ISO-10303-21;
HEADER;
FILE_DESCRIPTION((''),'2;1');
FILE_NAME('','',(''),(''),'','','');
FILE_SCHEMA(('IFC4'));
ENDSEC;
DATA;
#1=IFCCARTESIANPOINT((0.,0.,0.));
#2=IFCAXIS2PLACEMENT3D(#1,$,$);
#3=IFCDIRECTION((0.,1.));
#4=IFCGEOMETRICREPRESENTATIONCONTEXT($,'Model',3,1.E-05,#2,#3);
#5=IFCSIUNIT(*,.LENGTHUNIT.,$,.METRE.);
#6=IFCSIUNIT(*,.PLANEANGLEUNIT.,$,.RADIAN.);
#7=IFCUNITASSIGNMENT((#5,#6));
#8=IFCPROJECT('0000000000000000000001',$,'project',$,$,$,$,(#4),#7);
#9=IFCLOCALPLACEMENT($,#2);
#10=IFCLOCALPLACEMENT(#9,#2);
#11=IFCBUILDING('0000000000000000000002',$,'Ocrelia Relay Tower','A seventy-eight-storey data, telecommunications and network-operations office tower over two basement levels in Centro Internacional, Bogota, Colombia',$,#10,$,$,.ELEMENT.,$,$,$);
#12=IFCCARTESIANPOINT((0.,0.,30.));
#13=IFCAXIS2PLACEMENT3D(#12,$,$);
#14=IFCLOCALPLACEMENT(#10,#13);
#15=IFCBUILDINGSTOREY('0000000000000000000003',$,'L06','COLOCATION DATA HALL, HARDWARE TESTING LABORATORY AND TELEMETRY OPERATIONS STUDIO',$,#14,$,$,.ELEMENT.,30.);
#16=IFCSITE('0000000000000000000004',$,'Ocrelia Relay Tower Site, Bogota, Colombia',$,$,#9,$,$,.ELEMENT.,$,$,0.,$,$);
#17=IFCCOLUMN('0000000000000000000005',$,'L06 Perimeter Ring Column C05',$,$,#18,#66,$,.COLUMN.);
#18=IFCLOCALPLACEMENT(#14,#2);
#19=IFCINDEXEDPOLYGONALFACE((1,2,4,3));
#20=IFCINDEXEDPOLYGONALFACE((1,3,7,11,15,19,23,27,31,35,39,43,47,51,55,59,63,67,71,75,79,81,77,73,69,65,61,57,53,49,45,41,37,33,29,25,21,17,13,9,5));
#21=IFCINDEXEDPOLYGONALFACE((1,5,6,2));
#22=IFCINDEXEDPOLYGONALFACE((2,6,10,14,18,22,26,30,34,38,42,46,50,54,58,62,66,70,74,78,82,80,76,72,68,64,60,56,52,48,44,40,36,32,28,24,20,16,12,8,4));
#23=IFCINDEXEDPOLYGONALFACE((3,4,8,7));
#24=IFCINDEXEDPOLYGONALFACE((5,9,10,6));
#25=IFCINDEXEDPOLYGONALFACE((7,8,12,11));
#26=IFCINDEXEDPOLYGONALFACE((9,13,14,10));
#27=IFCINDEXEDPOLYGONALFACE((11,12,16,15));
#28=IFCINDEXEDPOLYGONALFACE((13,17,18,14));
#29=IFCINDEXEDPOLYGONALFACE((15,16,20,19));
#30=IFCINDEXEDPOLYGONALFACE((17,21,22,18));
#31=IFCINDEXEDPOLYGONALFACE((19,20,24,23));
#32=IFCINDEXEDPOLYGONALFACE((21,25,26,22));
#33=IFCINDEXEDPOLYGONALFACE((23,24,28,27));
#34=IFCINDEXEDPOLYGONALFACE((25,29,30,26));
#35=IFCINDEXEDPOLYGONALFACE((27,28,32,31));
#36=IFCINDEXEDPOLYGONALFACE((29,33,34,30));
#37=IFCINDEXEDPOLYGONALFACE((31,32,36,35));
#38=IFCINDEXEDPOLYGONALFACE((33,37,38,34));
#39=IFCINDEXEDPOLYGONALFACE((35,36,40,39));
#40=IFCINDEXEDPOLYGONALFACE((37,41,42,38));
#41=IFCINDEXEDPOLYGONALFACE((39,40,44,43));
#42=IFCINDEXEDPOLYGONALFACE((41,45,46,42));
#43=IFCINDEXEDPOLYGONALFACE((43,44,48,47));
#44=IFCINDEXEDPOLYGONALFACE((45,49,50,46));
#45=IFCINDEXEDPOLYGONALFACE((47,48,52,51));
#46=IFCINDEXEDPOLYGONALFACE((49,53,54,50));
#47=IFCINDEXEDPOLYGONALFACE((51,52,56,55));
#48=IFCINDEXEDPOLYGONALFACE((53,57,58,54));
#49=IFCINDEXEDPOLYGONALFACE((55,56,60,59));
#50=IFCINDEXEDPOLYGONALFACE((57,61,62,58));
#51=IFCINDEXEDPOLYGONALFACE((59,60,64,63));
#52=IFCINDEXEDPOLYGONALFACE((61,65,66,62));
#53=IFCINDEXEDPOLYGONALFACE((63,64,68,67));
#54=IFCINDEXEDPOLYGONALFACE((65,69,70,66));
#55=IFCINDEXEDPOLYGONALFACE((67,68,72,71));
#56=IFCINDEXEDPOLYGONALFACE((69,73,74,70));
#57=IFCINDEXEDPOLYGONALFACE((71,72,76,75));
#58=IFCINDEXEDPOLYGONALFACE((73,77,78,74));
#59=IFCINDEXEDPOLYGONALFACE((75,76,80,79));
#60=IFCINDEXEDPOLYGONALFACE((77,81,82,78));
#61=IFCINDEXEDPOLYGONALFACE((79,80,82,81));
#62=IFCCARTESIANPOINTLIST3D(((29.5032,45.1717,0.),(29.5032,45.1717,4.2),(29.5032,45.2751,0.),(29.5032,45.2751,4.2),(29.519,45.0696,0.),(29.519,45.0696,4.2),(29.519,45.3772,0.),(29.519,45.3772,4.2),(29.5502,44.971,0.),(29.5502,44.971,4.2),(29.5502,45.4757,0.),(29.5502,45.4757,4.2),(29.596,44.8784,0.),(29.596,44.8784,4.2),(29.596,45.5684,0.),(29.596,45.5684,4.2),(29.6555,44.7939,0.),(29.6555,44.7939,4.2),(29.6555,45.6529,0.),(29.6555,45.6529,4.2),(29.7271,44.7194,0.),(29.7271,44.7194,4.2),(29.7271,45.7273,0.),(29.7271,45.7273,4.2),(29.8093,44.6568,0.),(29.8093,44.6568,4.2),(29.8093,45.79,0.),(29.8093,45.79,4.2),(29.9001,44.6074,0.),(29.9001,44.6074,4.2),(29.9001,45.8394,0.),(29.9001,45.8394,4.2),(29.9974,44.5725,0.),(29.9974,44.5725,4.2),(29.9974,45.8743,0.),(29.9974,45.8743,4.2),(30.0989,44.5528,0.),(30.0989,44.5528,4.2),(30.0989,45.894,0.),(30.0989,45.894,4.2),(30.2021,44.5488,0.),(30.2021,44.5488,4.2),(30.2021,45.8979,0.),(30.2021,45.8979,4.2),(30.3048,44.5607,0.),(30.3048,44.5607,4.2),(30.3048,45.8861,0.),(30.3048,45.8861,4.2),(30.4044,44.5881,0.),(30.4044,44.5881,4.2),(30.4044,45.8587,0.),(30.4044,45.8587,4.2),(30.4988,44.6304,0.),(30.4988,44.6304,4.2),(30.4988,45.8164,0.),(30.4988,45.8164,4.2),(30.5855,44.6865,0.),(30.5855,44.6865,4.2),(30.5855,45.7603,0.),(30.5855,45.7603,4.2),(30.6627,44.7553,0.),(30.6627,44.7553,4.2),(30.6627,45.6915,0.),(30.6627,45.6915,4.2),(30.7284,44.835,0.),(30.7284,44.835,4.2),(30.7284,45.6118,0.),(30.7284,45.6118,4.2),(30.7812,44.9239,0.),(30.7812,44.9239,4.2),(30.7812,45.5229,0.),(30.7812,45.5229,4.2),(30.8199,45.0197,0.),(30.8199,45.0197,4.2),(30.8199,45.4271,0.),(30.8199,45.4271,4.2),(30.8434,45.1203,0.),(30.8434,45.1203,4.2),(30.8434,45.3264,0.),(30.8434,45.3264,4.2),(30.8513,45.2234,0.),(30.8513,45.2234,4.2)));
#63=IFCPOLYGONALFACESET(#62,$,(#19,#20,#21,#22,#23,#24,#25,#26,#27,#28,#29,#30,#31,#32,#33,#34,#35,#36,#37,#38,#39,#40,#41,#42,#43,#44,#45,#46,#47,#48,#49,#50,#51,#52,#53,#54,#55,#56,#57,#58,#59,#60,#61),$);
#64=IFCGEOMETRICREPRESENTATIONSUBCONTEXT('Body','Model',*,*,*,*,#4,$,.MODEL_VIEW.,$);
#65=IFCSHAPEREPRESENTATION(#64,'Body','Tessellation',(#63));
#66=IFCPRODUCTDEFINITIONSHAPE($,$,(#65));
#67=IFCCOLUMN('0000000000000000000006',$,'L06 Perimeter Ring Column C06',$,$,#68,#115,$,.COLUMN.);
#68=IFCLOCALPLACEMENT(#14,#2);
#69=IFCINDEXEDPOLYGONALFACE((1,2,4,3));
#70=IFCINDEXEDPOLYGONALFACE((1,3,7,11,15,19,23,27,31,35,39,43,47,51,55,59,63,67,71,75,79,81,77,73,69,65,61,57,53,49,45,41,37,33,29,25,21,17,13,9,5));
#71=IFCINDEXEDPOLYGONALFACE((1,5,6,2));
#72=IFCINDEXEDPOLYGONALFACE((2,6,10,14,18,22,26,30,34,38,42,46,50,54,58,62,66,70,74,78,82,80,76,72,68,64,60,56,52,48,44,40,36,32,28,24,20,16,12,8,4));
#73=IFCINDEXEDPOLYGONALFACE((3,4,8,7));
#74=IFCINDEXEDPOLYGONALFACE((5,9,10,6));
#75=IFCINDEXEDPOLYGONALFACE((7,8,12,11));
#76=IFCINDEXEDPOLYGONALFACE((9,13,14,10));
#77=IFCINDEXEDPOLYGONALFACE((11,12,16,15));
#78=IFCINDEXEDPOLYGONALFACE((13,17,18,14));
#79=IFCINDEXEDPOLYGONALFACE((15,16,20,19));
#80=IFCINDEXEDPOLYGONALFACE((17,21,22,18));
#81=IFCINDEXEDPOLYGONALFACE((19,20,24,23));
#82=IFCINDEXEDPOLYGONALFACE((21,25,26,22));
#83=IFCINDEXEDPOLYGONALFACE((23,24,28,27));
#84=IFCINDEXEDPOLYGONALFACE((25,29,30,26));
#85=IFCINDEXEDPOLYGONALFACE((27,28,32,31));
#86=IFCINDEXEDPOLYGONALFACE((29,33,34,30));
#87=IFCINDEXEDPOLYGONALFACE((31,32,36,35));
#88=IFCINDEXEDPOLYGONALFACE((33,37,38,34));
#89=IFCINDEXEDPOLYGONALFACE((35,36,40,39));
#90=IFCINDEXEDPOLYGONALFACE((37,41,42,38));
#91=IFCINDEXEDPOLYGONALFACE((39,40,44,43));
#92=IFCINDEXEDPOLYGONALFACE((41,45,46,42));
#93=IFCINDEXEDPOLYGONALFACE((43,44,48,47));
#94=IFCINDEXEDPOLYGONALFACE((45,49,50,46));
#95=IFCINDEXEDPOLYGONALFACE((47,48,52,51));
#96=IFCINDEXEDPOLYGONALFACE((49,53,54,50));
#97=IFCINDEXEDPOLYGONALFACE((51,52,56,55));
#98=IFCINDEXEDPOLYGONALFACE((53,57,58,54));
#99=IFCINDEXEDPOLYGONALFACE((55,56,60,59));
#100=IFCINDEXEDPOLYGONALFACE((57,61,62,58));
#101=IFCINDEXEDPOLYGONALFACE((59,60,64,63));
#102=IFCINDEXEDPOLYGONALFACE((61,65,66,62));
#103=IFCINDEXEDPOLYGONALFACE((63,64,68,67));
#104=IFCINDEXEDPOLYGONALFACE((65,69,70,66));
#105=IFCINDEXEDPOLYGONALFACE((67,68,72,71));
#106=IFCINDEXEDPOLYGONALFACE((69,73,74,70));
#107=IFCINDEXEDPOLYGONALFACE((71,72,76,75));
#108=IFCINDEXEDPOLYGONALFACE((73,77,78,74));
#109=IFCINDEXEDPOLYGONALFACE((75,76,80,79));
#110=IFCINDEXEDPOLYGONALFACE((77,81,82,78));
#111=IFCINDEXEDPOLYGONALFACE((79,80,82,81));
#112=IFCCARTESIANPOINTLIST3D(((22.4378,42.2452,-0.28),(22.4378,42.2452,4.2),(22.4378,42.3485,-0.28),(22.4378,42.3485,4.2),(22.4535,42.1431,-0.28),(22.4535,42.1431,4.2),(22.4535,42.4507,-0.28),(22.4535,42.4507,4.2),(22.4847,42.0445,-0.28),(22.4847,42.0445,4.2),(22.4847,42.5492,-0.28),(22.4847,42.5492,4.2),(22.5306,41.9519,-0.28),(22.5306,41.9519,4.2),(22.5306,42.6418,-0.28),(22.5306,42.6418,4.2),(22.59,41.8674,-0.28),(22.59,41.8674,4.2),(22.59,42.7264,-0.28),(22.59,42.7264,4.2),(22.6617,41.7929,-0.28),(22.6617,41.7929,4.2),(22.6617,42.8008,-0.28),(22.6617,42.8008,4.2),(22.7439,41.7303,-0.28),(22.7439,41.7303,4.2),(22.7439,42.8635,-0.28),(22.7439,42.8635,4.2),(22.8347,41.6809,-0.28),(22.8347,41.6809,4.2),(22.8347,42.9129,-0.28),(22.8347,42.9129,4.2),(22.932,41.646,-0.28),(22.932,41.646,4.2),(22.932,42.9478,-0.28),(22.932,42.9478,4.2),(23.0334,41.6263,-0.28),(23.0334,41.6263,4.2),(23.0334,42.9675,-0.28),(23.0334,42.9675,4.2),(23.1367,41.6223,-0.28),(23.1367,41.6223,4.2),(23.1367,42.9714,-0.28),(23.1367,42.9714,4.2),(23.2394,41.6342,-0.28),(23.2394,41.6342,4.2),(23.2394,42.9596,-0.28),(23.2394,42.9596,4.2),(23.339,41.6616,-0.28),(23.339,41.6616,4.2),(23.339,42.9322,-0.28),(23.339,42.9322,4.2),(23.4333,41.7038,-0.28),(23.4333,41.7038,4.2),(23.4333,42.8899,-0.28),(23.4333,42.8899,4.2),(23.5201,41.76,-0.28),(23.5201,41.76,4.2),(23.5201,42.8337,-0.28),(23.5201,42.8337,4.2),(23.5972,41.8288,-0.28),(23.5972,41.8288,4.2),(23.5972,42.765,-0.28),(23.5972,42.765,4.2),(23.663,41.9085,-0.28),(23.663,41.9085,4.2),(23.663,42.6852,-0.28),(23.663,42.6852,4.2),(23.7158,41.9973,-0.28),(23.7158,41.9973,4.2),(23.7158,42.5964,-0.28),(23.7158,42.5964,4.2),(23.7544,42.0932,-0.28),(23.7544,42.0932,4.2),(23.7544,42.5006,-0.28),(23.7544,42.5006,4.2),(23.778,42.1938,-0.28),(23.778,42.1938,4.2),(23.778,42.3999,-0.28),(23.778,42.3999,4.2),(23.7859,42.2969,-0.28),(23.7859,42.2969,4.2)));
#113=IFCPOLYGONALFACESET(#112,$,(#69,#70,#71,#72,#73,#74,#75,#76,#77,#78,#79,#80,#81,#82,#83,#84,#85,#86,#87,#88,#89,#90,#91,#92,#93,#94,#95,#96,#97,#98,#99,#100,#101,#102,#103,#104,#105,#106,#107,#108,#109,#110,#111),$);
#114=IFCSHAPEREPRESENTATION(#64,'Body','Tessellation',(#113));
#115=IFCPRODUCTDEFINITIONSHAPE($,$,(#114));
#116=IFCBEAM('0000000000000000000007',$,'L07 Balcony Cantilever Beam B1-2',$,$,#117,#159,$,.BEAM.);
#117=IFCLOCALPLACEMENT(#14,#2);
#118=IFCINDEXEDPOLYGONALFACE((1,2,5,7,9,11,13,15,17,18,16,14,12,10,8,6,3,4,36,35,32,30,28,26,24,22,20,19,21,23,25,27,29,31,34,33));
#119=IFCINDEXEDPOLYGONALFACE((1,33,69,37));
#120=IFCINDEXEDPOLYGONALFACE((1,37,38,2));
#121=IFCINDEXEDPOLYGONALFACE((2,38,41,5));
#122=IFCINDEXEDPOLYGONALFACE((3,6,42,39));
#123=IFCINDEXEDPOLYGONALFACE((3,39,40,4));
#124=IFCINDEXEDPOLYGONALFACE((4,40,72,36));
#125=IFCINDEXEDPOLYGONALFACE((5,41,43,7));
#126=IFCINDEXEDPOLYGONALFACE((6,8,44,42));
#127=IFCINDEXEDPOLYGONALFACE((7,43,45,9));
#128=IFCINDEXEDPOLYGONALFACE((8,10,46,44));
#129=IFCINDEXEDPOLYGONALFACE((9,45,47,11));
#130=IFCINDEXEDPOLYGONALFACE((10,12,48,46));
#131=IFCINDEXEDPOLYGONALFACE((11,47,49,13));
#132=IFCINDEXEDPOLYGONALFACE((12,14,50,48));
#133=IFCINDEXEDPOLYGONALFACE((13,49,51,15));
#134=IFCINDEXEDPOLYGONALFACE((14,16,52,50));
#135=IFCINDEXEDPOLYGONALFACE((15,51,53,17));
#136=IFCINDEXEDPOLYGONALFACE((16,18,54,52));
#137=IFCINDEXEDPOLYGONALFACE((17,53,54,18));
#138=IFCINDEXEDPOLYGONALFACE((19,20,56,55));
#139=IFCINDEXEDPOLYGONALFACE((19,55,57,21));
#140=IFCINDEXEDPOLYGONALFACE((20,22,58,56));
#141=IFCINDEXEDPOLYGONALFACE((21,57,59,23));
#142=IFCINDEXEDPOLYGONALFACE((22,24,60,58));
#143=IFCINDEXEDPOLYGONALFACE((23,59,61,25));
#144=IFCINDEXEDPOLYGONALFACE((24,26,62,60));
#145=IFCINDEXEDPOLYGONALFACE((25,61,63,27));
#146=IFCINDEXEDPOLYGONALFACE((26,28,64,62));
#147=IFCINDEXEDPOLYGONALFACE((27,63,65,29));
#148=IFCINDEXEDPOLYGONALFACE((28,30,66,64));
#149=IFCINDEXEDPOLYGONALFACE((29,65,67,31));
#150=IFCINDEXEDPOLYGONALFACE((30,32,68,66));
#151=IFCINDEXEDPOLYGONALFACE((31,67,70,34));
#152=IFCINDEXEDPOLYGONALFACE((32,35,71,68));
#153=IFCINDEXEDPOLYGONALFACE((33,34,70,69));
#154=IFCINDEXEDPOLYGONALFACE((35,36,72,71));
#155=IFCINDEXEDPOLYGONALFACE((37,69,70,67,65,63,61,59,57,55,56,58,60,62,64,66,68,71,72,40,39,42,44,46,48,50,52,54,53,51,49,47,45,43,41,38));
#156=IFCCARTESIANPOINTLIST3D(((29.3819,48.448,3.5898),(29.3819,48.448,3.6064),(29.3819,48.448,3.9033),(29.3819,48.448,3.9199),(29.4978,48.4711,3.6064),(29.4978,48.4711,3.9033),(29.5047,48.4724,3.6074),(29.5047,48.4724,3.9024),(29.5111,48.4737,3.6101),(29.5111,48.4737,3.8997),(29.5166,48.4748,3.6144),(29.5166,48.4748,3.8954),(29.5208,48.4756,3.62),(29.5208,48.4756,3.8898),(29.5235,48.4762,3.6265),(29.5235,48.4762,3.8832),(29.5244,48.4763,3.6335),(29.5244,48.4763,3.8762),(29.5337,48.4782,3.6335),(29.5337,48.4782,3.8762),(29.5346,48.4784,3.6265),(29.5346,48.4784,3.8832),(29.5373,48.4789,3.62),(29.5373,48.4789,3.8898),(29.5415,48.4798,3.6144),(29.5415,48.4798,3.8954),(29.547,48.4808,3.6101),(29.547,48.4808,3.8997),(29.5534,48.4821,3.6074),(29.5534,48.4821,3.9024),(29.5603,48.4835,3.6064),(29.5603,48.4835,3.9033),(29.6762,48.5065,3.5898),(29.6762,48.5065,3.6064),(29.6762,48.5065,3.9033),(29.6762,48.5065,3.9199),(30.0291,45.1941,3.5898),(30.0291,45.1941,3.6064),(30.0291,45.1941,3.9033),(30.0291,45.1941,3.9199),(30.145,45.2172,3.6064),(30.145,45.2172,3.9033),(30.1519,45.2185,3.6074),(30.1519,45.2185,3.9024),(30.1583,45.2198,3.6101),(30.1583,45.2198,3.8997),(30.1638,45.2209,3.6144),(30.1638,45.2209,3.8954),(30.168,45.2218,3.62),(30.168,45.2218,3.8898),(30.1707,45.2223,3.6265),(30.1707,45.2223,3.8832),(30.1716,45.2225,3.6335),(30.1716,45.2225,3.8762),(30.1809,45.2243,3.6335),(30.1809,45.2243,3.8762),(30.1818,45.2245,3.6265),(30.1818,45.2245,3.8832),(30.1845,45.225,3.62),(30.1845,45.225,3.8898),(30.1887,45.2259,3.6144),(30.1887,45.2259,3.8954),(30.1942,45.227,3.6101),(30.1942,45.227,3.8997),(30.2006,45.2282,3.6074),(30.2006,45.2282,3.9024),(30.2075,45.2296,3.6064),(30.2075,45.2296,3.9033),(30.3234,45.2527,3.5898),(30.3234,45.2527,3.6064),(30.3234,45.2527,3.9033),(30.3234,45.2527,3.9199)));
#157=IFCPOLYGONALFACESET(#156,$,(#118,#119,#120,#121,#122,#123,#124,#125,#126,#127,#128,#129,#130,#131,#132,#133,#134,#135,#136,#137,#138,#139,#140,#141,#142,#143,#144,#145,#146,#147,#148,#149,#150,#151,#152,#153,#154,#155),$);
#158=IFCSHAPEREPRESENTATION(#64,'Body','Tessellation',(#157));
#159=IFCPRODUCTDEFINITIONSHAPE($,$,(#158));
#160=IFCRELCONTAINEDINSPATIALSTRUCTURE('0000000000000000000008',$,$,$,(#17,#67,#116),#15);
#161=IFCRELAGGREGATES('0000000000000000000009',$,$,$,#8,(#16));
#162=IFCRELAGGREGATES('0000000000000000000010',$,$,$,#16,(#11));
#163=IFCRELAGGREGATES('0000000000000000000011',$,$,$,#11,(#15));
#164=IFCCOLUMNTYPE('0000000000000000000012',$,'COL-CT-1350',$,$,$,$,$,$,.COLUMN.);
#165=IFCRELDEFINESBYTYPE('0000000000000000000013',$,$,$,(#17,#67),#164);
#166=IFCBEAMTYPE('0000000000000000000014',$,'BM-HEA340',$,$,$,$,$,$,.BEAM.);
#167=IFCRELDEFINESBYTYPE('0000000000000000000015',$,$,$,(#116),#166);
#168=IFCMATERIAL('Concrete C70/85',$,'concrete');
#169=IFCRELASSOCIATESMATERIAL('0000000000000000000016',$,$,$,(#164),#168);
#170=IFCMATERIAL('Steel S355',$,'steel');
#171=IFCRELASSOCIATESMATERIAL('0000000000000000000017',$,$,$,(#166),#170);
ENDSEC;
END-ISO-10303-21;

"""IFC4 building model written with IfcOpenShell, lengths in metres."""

from ifc_helpers import new_model, si_unit, direction, frame, origin, origin_2d, place, context, subcontext, project, spatial, circle, i_section, extrude, material, material_profile, profile_set, type_object, element, save


model = new_model("IFC4")

# Units and contexts
model_context = context("Model", 3, precision=1e-05, world=origin(), true_north=direction((0.0, 1.0)))
body_context = subcontext(model_context, "Body", "Model", "MODEL_VIEW")
ifc_project = project(units=[si_unit("LENGTHUNIT", "METRE"), si_unit("PLANEANGLEUNIT", "RADIAN")], contexts=[model_context])

# Site, building, storey
site_placement = place(None, origin())
site = spatial("IfcSite", under=ifc_project, at=site_placement, Name="Ocrelia Relay Tower Site, Bogota, Colombia", CompositionType="ELEMENT", RefElevation=0.0)
building_placement = place(site_placement, origin())
building = spatial("IfcBuilding", under=site, at=building_placement, Name="Ocrelia Relay Tower", Description="A seventy-eight-storey data, telecommunications and network-operations office tower over two basement levels in Centro Internacional, Bogota, Colombia", CompositionType="ELEMENT")
storey_placement = place(building_placement, frame((0.0, 0.0, 30.0)))
storey = spatial("IfcBuildingStorey", under=building, at=storey_placement, Name="L06", Description="COLOCATION DATA HALL, HARDWARE TESTING LABORATORY AND TELEMETRY OPERATIONS STUDIO", CompositionType="ELEMENT", Elevation=30.0)

# Columns
ifc_material_1 = material(Name="Concrete C70/85", Category="concrete")
ifc_material_profile_1 = material_profile(ifc_material_1, circle(Radius=0.675, at=origin_2d()), Name="RC-CIR-1350")
ifc_profile_set_1 = profile_set([ifc_material_profile_1], Name="Concrete C70/85")
column_type = type_object("IfcColumnType", Name="COL-CT-1350", PredefinedType="COLUMN", material=ifc_profile_set_1)
column_1_placement = place(storey_placement, frame((30.1763, 45.2234, 0.0), z_axis=(0.0, 0.0, 1.0), x_axis=(1.0, 0.0, 0.0)))
element("IfcColumn", 1, at=column_1_placement, inside=storey, type_object=column_type, Name="L06 Perimeter Ring Column C05", PredefinedType="COLUMN", context=body_context, shape_type="SweptSolid", body=[
    extrude(circle(Radius=0.675, at=origin_2d()), origin(), (0.0, 0.0, 1.0), 4.2),
])
column_2_placement = place(storey_placement, frame((23.1108, 42.2969, -0.28), z_axis=(0.0, 0.0, 1.0), x_axis=(1.0, 0.0, 0.0)))
element("IfcColumn", 2, at=column_2_placement, inside=storey, type_object=column_type, Name="L06 Perimeter Ring Column C06", PredefinedType="COLUMN", context=body_context, shape_type="SweptSolid", body=[
    extrude(circle(Radius=0.675, at=origin_2d()), origin(), (0.0, 0.0, 1.0), 4.48),
])

# Beam
ifc_material_2 = material(Name="Steel S355", Category="steel")
ifc_material_profile_2 = material_profile(ifc_material_2, i_section(OverallWidth=0.3, OverallDepth=0.3301, WebThickness=0.0095, FlangeThickness=0.0166, FilletRadius=0.0271, at=origin_2d()), Name="HEA 340")
ifc_profile_set_2 = profile_set([ifc_material_profile_2], Name="Steel S355")
beam_type_1 = type_object("IfcBeamType", Name="BM-HEA340", PredefinedType="BEAM", material=ifc_profile_set_2)
beam_1_placement = place(storey_placement, frame((30.1763, 45.2234, 3.7549), z_axis=(-0.195083, 0.980787, 0.0), x_axis=(-0.980787, -0.195083, 0.0)))
element("IfcBeam", 3, at=beam_1_placement, inside=storey, type_object=beam_type_1, Name="L07 Balcony Cantilever Beam B1-2", PredefinedType="BEAM", context=body_context, shape_type="SweptSolid", body=[
    extrude(i_section(OverallWidth=0.3, OverallDepth=0.3301, WebThickness=0.0095, FlangeThickness=0.0166, FilletRadius=0.0271, at=origin_2d()), origin(), (0.0, 0.0, 1.0), 3.3176),
])

save(model, "model.ifc")
